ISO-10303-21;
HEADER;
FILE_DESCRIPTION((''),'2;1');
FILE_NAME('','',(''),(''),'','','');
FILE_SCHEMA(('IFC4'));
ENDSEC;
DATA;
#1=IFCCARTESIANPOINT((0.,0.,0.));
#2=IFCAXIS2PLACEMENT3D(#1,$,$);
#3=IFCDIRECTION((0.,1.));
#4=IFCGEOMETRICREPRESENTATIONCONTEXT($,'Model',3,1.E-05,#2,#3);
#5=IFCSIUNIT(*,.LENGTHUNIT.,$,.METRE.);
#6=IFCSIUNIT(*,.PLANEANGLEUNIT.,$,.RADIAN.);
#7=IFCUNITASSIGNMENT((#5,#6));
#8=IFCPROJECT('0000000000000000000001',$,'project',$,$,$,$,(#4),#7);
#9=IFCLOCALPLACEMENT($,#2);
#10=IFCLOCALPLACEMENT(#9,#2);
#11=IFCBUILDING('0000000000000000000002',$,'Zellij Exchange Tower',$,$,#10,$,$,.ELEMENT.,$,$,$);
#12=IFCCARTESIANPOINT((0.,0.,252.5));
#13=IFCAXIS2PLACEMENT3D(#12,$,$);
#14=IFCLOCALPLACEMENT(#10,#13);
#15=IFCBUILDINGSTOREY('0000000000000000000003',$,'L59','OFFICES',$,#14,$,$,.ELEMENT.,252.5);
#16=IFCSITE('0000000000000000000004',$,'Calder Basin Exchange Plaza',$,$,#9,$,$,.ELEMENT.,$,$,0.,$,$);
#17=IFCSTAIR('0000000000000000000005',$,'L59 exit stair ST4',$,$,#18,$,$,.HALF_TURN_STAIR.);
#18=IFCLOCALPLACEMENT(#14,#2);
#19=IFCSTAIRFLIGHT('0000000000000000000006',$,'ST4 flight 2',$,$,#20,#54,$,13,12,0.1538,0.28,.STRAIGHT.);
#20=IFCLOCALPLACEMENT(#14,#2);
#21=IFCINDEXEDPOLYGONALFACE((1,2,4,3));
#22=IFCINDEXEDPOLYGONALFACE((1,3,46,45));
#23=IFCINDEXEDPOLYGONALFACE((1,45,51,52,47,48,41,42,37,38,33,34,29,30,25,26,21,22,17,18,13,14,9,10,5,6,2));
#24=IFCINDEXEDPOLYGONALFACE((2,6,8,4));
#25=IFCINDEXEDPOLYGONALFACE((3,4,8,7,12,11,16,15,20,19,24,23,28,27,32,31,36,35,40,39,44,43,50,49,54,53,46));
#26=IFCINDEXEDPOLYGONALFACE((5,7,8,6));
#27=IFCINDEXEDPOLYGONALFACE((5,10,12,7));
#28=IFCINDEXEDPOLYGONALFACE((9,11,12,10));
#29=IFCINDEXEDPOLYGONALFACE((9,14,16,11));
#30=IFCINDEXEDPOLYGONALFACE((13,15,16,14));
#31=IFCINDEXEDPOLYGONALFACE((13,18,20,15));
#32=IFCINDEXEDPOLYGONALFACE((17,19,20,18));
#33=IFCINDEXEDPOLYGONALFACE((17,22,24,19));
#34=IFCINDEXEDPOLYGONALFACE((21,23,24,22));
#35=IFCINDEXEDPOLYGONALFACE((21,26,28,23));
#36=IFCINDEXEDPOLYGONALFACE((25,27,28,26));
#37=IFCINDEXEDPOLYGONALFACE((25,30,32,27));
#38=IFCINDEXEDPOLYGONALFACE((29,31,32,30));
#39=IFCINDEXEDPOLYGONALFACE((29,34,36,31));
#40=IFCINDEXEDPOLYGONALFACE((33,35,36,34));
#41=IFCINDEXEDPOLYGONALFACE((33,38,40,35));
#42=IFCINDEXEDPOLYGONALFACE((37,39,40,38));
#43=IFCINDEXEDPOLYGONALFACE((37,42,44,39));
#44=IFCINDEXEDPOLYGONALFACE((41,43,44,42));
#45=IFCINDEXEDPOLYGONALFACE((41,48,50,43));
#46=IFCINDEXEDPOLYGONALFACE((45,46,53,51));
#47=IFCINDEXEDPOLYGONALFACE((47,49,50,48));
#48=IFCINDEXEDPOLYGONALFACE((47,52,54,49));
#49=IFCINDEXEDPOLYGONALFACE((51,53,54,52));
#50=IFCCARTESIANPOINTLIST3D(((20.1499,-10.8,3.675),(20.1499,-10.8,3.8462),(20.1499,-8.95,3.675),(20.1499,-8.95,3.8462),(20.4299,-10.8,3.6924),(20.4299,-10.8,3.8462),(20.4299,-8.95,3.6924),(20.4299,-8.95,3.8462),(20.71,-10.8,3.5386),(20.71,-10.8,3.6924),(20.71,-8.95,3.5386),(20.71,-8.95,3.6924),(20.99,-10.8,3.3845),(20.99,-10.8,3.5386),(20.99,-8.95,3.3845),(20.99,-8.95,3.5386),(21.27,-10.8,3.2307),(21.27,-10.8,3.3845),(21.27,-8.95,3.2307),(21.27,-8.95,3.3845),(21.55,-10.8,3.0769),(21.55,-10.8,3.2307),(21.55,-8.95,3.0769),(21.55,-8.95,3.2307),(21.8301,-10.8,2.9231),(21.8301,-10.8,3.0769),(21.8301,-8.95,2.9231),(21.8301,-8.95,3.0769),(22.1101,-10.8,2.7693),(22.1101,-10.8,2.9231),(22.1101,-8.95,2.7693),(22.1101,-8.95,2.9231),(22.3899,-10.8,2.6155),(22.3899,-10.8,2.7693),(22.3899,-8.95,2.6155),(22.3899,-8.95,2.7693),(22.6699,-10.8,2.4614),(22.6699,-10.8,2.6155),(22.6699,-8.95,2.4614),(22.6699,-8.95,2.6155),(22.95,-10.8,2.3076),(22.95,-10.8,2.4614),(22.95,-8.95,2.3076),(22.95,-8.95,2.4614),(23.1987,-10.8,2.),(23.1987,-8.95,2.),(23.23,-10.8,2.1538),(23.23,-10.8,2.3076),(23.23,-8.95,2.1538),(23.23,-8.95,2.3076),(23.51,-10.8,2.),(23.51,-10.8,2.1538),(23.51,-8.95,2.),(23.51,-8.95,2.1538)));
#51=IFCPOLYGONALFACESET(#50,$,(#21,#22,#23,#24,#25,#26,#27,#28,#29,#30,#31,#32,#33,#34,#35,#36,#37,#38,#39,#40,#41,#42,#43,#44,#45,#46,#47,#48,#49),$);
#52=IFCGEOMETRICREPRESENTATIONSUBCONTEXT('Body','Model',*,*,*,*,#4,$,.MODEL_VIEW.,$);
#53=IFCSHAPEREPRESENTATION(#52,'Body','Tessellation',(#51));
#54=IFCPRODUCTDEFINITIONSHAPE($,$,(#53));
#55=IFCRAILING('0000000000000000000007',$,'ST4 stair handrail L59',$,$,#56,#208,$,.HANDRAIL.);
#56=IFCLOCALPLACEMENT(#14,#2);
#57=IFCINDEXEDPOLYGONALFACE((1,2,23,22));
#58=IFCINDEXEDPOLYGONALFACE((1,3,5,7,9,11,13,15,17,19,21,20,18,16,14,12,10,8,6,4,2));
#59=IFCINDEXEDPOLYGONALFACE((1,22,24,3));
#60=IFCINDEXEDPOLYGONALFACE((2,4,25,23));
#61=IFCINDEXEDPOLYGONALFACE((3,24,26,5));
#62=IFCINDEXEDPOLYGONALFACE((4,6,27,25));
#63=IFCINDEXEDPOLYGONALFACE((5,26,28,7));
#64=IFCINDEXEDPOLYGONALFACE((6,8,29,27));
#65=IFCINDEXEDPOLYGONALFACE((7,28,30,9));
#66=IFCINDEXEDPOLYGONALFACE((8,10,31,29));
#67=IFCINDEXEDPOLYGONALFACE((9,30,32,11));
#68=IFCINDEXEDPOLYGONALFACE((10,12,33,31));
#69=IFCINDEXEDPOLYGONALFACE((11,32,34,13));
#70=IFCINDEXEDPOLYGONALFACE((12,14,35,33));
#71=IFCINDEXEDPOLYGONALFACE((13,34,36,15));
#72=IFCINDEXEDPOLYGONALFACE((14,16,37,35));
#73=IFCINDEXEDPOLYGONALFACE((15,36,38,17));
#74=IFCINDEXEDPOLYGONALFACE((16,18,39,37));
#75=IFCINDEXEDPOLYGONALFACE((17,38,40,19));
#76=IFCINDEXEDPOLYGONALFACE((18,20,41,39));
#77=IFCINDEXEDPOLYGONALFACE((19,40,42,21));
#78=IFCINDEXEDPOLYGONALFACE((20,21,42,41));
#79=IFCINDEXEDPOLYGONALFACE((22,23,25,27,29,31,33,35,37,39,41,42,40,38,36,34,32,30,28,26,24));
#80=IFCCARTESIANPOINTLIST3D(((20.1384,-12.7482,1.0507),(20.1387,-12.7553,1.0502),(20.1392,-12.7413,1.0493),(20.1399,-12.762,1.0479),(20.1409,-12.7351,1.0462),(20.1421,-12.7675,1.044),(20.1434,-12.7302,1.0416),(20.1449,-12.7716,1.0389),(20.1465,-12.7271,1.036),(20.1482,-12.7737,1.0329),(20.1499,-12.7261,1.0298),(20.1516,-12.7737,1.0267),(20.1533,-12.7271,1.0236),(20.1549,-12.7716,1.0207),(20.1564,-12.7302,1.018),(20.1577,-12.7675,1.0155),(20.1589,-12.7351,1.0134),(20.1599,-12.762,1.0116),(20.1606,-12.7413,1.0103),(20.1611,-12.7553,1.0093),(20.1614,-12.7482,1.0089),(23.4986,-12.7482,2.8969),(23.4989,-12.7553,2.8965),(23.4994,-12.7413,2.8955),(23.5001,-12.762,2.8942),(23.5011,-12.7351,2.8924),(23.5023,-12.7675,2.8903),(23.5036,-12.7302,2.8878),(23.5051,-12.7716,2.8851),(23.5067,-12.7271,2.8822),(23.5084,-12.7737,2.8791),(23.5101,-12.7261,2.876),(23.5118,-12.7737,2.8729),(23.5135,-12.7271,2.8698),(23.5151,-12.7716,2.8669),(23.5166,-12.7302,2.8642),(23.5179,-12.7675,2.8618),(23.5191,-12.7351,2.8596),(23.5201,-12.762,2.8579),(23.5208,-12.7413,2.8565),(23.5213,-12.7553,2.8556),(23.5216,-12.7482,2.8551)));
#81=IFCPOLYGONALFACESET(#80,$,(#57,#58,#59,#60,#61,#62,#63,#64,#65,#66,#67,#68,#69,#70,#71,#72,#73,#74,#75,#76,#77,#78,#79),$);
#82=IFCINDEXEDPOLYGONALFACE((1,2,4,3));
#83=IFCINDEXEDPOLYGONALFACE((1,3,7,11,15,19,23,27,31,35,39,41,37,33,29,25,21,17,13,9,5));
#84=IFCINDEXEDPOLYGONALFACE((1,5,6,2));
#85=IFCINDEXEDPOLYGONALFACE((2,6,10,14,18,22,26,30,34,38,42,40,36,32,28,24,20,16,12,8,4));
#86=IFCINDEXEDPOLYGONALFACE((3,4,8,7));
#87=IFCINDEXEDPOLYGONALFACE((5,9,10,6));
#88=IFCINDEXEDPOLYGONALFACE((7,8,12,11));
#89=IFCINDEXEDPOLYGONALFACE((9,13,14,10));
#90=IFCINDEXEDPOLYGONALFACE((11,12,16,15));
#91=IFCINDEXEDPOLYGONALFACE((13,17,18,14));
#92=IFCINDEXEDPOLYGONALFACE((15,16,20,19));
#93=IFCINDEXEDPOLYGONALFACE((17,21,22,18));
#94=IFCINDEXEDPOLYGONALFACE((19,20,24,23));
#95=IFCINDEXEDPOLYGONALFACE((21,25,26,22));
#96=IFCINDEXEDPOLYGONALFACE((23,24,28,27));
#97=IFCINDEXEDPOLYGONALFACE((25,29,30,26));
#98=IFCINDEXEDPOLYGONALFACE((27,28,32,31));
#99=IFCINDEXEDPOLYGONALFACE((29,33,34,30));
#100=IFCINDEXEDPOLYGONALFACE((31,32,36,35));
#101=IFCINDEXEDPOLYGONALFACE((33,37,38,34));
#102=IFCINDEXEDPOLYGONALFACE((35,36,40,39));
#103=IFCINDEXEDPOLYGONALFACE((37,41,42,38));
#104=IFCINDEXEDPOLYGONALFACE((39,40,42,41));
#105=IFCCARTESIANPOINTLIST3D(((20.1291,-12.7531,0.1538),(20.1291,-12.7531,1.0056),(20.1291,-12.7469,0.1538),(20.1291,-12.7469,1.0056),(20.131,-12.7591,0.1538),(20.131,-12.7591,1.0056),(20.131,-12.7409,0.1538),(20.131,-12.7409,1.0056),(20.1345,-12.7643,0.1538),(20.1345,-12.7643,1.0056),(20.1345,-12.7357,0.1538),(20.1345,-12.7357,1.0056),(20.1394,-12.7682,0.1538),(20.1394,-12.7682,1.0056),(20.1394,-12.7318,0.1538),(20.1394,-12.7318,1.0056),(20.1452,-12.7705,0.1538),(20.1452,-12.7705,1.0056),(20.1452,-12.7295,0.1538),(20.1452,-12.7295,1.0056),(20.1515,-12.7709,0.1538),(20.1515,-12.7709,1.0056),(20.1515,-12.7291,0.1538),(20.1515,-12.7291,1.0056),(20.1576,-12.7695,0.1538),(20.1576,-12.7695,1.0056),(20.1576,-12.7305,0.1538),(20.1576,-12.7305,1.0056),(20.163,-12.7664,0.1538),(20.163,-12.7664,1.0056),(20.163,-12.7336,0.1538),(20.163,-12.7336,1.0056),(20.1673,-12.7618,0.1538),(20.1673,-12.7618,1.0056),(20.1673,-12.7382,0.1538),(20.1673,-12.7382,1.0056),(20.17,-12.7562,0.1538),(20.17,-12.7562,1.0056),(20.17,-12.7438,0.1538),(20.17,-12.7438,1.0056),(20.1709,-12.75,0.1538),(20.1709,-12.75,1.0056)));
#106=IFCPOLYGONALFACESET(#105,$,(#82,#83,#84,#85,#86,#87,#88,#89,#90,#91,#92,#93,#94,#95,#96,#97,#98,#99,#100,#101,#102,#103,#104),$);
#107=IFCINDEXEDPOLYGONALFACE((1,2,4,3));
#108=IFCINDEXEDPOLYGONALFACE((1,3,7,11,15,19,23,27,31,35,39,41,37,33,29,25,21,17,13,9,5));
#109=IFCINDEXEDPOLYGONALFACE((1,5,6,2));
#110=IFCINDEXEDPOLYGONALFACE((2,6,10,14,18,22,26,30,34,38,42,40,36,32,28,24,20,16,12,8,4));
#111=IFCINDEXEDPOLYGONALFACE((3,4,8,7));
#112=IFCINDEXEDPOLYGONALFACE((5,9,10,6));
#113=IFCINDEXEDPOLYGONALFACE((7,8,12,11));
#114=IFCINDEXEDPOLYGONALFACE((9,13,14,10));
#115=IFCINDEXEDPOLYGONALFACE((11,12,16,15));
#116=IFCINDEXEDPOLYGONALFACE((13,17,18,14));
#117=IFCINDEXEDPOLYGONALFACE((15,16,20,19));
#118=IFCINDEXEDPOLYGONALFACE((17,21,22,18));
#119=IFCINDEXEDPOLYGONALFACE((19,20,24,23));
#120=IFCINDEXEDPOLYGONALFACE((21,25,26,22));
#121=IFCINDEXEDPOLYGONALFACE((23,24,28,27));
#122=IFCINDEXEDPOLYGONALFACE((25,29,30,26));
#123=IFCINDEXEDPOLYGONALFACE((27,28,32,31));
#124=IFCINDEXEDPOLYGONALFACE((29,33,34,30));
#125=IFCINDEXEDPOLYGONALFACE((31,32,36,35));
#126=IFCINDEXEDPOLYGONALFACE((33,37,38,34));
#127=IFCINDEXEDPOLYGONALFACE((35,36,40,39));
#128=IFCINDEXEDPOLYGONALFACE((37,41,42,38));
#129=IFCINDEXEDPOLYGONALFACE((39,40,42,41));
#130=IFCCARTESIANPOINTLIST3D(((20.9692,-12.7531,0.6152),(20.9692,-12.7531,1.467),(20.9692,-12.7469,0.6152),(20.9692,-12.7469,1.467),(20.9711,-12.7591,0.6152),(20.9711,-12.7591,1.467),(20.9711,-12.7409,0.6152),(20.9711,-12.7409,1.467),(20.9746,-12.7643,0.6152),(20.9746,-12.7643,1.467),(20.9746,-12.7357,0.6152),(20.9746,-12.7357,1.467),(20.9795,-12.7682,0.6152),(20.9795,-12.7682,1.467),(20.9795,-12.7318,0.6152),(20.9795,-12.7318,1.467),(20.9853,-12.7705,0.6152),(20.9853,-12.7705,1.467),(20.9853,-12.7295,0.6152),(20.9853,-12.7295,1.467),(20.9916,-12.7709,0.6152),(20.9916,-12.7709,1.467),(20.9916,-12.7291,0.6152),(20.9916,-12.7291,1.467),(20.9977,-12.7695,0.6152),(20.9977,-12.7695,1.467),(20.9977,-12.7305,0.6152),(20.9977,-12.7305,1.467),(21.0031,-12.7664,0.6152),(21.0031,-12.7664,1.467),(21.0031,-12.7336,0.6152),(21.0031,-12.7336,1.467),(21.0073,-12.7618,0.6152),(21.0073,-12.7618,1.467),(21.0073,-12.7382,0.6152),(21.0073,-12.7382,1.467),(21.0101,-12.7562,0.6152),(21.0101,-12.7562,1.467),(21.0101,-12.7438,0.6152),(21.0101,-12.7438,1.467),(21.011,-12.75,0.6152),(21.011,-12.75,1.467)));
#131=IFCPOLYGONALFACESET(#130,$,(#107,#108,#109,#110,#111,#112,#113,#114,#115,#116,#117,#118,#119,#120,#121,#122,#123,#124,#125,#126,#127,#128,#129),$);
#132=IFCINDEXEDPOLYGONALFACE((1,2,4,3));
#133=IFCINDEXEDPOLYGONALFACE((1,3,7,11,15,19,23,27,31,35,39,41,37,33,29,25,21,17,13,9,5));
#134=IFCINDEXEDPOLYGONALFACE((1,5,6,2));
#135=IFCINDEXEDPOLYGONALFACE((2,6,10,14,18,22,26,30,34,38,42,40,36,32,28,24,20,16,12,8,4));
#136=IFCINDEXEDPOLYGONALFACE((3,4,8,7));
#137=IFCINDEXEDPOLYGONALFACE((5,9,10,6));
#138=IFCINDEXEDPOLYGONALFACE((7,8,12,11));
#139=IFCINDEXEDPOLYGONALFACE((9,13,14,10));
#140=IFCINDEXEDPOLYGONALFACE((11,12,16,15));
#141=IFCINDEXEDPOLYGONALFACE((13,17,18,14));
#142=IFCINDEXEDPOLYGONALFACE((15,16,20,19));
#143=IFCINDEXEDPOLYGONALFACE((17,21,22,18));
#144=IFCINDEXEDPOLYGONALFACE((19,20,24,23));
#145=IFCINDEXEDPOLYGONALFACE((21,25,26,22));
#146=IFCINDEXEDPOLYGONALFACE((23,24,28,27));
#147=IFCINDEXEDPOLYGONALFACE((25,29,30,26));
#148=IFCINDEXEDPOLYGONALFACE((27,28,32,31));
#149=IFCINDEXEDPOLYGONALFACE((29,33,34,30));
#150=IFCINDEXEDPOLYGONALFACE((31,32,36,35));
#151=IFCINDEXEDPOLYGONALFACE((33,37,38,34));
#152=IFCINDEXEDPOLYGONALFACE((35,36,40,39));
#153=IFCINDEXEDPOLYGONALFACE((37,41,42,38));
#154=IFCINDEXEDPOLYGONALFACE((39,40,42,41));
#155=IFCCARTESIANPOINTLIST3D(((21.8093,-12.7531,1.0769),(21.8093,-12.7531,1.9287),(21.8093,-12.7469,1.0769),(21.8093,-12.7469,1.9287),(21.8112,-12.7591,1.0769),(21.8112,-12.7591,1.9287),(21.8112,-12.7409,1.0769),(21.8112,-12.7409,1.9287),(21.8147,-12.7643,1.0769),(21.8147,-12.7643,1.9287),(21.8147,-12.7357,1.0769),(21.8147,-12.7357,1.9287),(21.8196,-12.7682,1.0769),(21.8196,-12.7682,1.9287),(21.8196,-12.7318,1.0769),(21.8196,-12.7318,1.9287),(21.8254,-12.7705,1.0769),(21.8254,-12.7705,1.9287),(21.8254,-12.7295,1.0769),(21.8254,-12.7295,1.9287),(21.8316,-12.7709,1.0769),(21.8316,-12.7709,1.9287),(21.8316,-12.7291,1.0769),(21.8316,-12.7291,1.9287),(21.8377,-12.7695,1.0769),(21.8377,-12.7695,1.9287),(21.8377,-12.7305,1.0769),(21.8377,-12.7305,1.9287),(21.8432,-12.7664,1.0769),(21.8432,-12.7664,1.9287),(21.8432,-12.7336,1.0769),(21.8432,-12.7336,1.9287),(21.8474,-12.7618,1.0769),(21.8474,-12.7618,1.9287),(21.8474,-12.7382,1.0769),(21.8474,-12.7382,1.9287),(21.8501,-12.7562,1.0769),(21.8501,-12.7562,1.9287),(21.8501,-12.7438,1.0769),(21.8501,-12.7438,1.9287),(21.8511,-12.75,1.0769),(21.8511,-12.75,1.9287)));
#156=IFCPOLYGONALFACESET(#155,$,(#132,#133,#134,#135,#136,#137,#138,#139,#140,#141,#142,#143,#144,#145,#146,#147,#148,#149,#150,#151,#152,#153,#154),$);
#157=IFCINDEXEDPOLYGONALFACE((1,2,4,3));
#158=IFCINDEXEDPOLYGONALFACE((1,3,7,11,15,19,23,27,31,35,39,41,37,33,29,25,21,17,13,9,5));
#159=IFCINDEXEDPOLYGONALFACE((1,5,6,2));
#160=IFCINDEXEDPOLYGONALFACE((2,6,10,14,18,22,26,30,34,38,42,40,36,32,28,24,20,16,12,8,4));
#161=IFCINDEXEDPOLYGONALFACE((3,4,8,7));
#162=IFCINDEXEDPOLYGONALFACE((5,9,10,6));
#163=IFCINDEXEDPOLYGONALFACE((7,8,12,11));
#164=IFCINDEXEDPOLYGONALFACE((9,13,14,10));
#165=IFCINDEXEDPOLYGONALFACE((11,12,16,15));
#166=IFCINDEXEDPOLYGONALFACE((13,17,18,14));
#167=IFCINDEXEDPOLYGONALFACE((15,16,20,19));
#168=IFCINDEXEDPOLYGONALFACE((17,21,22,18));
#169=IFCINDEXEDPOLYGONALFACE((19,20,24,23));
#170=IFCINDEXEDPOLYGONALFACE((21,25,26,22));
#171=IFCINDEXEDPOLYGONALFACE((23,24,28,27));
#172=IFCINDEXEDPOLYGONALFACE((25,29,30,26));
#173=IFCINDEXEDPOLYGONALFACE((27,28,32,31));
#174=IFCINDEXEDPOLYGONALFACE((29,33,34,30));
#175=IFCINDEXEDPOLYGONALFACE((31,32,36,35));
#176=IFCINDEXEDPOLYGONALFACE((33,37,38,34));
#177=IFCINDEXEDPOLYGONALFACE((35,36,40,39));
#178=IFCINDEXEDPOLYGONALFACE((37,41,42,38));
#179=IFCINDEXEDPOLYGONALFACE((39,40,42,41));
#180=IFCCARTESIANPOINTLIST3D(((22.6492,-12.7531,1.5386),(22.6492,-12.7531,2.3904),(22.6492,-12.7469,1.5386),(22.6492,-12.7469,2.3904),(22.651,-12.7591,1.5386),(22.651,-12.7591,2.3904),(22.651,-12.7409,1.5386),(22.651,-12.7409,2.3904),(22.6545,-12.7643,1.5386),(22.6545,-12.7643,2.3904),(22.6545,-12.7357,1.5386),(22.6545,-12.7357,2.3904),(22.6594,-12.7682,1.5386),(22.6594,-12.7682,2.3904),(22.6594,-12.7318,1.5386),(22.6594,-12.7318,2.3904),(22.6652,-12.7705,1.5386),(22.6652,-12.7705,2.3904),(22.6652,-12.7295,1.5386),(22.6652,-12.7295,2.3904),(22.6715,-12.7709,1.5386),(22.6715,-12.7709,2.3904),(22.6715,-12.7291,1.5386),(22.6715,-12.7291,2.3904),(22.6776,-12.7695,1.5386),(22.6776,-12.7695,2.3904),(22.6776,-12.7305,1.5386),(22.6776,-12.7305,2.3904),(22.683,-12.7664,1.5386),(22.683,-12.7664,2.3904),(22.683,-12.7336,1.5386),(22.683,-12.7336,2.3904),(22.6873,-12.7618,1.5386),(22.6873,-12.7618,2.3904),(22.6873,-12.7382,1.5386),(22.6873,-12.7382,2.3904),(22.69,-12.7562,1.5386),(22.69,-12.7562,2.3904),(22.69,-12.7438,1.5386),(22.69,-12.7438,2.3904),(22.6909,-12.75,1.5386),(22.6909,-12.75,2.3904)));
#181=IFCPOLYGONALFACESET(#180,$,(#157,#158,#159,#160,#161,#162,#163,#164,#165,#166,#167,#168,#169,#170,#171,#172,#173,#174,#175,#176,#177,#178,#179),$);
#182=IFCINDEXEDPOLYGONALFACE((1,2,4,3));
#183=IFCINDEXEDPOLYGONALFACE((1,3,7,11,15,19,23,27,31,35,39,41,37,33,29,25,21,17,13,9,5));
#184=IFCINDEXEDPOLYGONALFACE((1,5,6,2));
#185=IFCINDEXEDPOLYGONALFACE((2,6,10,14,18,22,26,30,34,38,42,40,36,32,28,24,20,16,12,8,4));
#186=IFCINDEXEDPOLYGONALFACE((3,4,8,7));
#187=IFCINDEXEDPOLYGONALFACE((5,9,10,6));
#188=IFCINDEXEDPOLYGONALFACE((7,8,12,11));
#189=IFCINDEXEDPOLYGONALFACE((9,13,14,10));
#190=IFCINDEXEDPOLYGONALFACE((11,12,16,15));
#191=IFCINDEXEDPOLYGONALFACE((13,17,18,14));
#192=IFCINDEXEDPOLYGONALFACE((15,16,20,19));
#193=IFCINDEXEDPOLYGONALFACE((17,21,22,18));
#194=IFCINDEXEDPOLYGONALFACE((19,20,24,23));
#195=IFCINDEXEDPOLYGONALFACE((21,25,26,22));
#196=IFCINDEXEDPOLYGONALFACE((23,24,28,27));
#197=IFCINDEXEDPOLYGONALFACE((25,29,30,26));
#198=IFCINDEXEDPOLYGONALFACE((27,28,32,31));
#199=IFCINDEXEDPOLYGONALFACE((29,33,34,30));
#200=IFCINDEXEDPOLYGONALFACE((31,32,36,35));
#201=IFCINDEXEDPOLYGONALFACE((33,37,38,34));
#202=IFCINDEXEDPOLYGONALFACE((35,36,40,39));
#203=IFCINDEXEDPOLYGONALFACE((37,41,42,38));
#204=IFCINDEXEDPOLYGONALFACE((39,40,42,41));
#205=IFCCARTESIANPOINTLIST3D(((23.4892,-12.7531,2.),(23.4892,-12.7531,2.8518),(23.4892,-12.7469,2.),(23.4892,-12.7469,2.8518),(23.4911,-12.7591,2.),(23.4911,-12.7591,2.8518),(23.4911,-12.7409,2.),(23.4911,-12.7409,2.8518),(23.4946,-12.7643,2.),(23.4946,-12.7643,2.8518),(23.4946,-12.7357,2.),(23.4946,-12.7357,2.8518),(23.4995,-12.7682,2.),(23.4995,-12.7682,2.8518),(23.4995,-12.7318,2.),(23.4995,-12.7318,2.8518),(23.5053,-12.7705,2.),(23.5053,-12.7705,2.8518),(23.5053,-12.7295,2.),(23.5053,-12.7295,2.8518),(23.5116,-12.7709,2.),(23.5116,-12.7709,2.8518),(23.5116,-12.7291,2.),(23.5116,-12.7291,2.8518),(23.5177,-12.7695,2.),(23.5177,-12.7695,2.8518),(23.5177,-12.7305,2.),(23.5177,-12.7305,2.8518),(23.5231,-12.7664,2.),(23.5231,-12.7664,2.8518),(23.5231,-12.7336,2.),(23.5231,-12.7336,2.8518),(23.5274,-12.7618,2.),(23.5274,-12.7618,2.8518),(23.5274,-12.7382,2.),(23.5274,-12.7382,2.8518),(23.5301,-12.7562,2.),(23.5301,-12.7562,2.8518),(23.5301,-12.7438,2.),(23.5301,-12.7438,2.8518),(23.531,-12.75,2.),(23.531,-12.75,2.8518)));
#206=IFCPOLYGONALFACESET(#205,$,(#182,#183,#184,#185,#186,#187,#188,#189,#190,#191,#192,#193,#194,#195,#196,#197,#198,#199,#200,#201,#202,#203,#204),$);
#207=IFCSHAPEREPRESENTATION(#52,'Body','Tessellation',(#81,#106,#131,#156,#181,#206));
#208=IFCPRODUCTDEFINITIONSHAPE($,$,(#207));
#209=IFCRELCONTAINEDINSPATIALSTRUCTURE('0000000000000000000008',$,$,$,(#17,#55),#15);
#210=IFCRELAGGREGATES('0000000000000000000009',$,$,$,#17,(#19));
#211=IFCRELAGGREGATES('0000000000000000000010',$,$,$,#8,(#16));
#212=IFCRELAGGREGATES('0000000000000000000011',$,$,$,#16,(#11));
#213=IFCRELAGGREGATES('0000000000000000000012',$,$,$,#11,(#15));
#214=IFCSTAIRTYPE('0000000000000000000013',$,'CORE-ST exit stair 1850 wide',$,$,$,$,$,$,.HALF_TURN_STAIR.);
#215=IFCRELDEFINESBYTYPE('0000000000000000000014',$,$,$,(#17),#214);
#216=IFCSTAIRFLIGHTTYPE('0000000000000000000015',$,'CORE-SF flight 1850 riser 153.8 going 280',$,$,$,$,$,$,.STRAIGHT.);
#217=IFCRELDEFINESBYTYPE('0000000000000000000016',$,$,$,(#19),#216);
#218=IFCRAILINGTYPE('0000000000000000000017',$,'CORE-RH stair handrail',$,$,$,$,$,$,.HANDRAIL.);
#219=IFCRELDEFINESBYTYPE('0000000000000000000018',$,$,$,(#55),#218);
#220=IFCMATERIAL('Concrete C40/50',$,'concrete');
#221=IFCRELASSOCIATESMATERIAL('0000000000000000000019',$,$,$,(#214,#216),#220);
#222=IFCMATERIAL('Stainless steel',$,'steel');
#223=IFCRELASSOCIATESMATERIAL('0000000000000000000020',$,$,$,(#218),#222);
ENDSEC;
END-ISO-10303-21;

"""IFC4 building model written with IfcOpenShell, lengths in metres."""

from ifc_helpers import new_model, si_unit, direction, frame, origin, origin_2d, place, context, subcontext, project, spatial, polyline, circle, outline, extrude, material, type_object, element, aggregate, save


model = new_model("IFC4")

# Units and contexts
model_context = context("Model", 3, precision=1e-05, world=origin(), true_north=direction((0.0, 1.0)))
body_context = subcontext(model_context, "Body", "Model", "MODEL_VIEW")
ifc_project = project(units=[si_unit("LENGTHUNIT", "METRE"), si_unit("PLANEANGLEUNIT", "RADIAN")], contexts=[model_context])

# Site, building, storey
site_placement = place(None, origin())
site = spatial("IfcSite", under=ifc_project, at=site_placement, Name="Calder Basin Exchange Plaza", CompositionType="ELEMENT", RefElevation=0.0)
building_placement = place(site_placement, origin())
building = spatial("IfcBuilding", under=site, at=building_placement, Name="Zellij Exchange Tower", CompositionType="ELEMENT")
storey_placement = place(building_placement, frame((0.0, 0.0, 252.5)))
storey = spatial("IfcBuildingStorey", under=building, at=storey_placement, Name="L59", Description="OFFICES", CompositionType="ELEMENT", Elevation=252.5)

# Stair, stair flight
ifc_material_1 = material(Name="Concrete C40/50", Category="concrete")
stair_type = type_object("IfcStairType", Name="CORE-ST exit stair 1850 wide", PredefinedType="HALF_TURN_STAIR", material=ifc_material_1)
stair_placement = place(storey_placement, origin())
stair = element("IfcStair", 1, at=stair_placement, inside=storey, type_object=stair_type, Name="L59 exit stair ST4", PredefinedType="HALF_TURN_STAIR")
stair_flight_type = type_object("IfcStairFlightType", Name="CORE-SF flight 1850 riser 153.8 going 280", PredefinedType="STRAIGHT", material=ifc_material_1)
stair_flight_1_placement = place(storey_placement, frame((23.51, -9.875, 2.0), z_axis=(0.0, 0.0, 1.0), x_axis=(-1.0, 0.0, 0.0)))
stair_flight_1 = element("IfcStairFlight", 2, at=stair_flight_1_placement, type_object=stair_flight_type, Name="ST4 flight 2", NumberOfRisers=13, NumberOfTreads=12, PredefinedType="STRAIGHT", RiserHeight=0.1538, TreadLength=0.28, context=body_context, shape_type="SweptSolid", body=[
    extrude(outline(polyline([(0.0, 0.0), (0.0, 0.1538), (0.28, 0.1538), (0.28, 0.3076), (0.5601, 0.3076), (0.5601, 0.4614), (0.8401, 0.4614), (0.8401, 0.6155), (1.1201, 0.6155), (1.1201, 0.7693), (1.3999, 0.7693), (1.3999, 0.9231), (1.6799, 0.9231), (1.6799, 1.0769), (1.96, 1.0769), (1.96, 1.2307), (2.24, 1.2307), (2.24, 1.3845), (2.52, 1.3845), (2.52, 1.5386), (2.8, 1.5386), (2.8, 1.6924), (3.0801, 1.6924), (3.0801, 1.8462), (3.3601, 1.8462), (3.3601, 2.0), (3.3601, 1.675), (0.3113, 0.0), (0.0, 0.0)])), frame((0.0, 0.925, 0.0), z_axis=(0.0, -1.0, 0.0), x_axis=(1.0, 0.0, 0.0)), (0.0, 0.0, 1.0), 1.8501),
])
aggregate(stair, [stair_flight_1])

# Railing
ifc_material_2 = material(Name="Stainless steel", Category="steel")
railing_type_1 = type_object("IfcRailingType", Name="CORE-RH stair handrail", PredefinedType="HANDRAIL", material=ifc_material_2)
railing_1_placement = place(storey_placement, frame((20.1499, -12.75, 0.1538)))
element("IfcRailing", 3, at=railing_1_placement, inside=storey, type_object=railing_type_1, Name="ST4 stair handrail L59", PredefinedType="HANDRAIL", context=body_context, shape_type="SweptSolid", body=[
    extrude(circle(Radius=0.0239, at=origin_2d()), frame((0.0, 0.0, 0.876), z_axis=(0.876422, 0.0, 0.481545), x_axis=(0.0, 1.0, 0.0)), (0.0, 0.0, 1.0), 3.834),
    extrude(circle(Radius=0.021, at=origin_2d()), origin(), (0.0, 0.0, 1.0), 0.8518),
    extrude(circle(Radius=0.021, at=origin_2d()), frame((0.8401, 0.0, 0.4614)), (0.0, 0.0, 1.0), 0.8518),
    extrude(circle(Radius=0.021, at=origin_2d()), frame((1.6802, 0.0, 0.9231)), (0.0, 0.0, 1.0), 0.8518),
    extrude(circle(Radius=0.021, at=origin_2d()), frame((2.52, 0.0, 1.3848)), (0.0, 0.0, 1.0), 0.8518),
    extrude(circle(Radius=0.021, at=origin_2d()), frame((3.3601, 0.0, 1.8462)), (0.0, 0.0, 1.0), 0.8518),
])

save(model, "model.ifc")
